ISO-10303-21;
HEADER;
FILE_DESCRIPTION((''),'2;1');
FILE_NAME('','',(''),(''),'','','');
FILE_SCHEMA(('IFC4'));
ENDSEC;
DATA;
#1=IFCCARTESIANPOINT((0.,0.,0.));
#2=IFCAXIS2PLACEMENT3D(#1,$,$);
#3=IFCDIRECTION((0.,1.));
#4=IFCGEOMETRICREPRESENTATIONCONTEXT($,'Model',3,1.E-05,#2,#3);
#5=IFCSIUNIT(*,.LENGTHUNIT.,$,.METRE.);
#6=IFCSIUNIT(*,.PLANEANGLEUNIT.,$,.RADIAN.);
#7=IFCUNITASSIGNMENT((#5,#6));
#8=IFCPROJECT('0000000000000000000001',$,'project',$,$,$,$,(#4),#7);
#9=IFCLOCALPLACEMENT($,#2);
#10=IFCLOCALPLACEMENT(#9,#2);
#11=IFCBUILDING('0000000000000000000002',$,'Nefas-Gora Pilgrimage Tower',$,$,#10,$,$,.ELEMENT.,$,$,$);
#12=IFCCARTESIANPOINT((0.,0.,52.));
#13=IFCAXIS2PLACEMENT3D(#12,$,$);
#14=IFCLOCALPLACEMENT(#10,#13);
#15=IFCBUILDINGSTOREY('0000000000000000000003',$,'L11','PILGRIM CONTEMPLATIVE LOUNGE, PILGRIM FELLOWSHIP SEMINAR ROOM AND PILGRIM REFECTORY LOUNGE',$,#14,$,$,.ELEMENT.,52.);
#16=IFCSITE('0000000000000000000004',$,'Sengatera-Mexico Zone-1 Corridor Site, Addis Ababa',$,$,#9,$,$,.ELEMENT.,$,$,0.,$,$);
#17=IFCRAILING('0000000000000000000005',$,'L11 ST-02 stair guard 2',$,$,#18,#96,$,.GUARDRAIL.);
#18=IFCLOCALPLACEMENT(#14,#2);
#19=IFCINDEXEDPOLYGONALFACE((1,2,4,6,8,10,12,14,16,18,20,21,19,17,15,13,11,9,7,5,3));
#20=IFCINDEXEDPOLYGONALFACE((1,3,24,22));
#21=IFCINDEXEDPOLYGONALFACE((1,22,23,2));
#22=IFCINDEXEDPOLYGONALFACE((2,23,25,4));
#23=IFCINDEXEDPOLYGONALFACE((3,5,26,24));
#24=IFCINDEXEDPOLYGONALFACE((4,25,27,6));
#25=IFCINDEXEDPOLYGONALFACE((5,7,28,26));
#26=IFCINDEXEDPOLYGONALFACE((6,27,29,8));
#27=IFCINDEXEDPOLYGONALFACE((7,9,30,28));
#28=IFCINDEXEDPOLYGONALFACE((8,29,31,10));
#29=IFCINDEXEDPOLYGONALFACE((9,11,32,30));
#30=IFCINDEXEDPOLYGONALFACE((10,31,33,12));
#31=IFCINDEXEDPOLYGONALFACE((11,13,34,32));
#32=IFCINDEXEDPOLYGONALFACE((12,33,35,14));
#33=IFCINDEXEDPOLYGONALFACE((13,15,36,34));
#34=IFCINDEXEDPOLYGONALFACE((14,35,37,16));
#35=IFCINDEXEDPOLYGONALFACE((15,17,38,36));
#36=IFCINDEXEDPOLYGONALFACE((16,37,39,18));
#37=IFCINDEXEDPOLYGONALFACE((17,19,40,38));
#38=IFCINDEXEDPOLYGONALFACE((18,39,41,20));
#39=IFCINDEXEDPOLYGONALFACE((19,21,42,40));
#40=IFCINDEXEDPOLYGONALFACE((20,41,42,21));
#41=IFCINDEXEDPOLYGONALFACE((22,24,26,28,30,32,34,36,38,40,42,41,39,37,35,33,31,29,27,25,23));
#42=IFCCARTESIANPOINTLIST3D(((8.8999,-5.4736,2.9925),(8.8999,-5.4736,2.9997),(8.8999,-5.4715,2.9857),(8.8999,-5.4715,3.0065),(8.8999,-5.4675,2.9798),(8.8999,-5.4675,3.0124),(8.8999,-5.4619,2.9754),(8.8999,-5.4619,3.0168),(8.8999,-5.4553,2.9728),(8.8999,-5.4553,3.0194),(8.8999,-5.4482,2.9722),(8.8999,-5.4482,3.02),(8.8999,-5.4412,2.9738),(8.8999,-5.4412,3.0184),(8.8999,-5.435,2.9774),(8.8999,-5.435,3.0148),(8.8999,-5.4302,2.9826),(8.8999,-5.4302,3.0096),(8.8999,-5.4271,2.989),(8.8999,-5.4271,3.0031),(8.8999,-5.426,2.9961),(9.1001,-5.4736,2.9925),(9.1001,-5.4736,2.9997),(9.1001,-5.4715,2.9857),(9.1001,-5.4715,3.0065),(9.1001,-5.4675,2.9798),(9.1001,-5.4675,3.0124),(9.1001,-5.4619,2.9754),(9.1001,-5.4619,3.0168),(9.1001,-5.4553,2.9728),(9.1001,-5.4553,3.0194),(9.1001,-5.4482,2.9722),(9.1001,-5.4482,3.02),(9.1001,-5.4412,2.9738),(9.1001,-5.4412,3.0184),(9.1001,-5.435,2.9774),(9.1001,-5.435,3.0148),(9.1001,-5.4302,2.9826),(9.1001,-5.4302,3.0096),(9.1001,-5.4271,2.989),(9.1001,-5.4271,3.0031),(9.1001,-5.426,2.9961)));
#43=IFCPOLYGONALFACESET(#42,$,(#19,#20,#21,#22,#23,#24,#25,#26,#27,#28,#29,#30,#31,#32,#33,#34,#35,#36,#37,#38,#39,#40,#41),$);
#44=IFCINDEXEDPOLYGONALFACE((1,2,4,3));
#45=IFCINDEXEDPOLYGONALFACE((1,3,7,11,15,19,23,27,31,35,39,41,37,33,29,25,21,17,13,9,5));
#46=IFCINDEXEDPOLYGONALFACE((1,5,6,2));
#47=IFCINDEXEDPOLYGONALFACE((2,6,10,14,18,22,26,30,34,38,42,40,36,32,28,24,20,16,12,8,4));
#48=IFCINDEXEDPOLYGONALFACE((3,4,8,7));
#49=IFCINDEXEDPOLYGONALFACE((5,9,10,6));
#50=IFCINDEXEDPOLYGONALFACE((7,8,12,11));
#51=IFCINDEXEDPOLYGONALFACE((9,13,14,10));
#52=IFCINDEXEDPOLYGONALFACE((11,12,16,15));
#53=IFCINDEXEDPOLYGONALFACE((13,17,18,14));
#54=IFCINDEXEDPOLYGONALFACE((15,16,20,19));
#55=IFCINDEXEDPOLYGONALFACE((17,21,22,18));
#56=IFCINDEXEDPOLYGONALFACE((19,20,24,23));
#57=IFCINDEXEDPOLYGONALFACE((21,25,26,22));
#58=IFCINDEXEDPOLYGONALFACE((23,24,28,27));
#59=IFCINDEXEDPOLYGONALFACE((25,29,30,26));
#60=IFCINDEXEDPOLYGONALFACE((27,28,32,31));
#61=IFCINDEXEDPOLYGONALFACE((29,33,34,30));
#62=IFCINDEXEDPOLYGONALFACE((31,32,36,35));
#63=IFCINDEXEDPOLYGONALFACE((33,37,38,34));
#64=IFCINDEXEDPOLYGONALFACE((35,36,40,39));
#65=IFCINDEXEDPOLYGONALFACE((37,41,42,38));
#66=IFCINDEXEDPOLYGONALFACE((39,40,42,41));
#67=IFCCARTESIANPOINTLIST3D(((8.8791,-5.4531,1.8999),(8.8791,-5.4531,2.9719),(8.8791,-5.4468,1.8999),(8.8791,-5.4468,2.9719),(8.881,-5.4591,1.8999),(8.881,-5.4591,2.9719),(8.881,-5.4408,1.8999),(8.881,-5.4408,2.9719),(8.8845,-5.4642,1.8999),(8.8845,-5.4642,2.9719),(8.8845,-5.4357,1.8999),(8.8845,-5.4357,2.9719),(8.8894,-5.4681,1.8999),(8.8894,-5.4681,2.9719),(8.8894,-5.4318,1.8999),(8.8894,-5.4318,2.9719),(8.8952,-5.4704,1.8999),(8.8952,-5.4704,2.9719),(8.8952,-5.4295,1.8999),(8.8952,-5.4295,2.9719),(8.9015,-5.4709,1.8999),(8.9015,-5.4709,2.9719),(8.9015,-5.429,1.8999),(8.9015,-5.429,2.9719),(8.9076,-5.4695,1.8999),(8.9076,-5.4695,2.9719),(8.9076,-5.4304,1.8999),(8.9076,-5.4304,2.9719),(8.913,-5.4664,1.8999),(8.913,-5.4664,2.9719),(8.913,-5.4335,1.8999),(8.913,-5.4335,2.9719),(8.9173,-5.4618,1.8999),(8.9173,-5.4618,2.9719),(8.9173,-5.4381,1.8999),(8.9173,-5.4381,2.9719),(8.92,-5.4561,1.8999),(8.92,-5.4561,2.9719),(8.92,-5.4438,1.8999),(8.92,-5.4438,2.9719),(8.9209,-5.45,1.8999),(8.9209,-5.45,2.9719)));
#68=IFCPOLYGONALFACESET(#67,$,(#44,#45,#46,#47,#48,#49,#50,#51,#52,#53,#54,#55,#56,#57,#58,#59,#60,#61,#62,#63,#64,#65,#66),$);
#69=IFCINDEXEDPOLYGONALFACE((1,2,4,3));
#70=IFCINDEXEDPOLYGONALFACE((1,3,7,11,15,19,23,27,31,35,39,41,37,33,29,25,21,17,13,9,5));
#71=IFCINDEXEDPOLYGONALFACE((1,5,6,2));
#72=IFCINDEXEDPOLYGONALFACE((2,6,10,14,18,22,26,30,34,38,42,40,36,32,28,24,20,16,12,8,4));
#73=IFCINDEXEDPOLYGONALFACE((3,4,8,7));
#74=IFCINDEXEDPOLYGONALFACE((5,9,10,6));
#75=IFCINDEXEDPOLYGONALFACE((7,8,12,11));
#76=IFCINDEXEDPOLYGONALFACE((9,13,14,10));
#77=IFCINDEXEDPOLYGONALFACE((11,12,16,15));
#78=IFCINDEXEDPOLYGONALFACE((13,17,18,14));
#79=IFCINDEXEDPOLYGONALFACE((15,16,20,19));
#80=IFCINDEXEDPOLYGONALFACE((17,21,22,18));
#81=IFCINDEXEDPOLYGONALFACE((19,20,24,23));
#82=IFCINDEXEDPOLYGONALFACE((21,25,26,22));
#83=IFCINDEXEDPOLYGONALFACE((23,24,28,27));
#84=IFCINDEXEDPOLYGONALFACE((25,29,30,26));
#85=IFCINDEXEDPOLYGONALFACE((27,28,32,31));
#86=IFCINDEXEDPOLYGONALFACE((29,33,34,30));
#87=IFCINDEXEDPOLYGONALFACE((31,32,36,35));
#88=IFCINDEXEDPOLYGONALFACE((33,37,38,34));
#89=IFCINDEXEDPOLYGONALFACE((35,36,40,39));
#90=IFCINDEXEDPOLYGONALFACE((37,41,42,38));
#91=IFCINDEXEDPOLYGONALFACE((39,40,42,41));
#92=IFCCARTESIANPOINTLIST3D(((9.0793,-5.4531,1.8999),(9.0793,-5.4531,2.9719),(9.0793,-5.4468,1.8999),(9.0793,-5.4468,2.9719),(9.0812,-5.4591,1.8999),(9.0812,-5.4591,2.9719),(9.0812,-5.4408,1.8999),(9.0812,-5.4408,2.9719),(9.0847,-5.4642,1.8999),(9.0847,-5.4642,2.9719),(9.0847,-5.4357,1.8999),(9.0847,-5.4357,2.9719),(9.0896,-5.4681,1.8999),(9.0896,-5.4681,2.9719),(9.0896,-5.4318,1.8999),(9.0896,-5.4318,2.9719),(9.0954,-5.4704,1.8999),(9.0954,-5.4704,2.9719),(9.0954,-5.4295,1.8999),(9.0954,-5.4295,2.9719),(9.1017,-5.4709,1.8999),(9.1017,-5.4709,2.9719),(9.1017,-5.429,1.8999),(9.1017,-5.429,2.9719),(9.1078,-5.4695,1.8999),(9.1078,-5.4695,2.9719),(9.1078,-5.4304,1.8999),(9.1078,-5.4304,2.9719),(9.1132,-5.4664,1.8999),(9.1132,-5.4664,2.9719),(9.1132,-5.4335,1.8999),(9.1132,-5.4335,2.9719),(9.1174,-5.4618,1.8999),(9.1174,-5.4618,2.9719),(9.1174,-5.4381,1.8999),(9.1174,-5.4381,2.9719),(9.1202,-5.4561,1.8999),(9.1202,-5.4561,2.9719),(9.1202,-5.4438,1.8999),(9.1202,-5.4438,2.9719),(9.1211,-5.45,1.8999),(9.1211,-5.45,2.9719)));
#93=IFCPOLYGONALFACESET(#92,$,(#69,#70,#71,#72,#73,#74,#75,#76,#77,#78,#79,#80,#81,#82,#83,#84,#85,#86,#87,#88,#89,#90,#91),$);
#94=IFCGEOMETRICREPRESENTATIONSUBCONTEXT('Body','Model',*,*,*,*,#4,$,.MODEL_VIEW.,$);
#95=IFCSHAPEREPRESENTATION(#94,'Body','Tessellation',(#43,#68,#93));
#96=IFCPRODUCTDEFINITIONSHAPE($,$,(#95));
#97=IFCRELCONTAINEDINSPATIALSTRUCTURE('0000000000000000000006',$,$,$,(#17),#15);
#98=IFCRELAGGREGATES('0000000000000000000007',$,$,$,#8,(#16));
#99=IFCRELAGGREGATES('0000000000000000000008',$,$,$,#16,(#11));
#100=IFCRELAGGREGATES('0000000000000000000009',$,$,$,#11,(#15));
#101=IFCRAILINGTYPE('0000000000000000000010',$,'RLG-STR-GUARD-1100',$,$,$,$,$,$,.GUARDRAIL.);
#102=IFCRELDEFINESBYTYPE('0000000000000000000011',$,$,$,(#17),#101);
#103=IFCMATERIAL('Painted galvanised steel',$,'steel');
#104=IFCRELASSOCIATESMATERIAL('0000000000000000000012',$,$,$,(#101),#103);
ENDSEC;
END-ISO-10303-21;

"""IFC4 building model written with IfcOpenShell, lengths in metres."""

from ifc_helpers import new_model, si_unit, direction, frame, origin, origin_2d, place, context, subcontext, project, spatial, circle, extrude, material, type_object, element, save


model = new_model("IFC4")

# Units and contexts
model_context = context("Model", 3, precision=1e-05, world=origin(), true_north=direction((0.0, 1.0)))
body_context = subcontext(model_context, "Body", "Model", "MODEL_VIEW")
ifc_project = project(units=[si_unit("LENGTHUNIT", "METRE"), si_unit("PLANEANGLEUNIT", "RADIAN")], contexts=[model_context])

# Site, building, storey
site_placement = place(None, origin())
site = spatial("IfcSite", under=ifc_project, at=site_placement, Name="Sengatera-Mexico Zone-1 Corridor Site, Addis Ababa", CompositionType="ELEMENT", RefElevation=0.0)
building_placement = place(site_placement, origin())
building = spatial("IfcBuilding", under=site, at=building_placement, Name="Nefas-Gora Pilgrimage Tower", CompositionType="ELEMENT")
storey_placement = place(building_placement, frame((0.0, 0.0, 52.0)))
storey = spatial("IfcBuildingStorey", under=building, at=storey_placement, Name="L11", Description="PILGRIM CONTEMPLATIVE LOUNGE, PILGRIM FELLOWSHIP SEMINAR ROOM AND PILGRIM REFECTORY LOUNGE", CompositionType="ELEMENT", Elevation=52.0)

# Railing
ifc_material_1 = material(Name="Painted galvanised steel", Category="steel")
railing_type_1 = type_object("IfcRailingType", Name="RLG-STR-GUARD-1100", PredefinedType="GUARDRAIL", material=ifc_material_1)
railing_1_placement = place(storey_placement, frame((8.8999, -5.45, 1.8999)))
element("IfcRailing", 1, at=railing_1_placement, inside=storey, type_object=railing_type_1, Name="L11 ST-02 stair guard 2", PredefinedType="GUARDRAIL", context=body_context, shape_type="SweptSolid", body=[
    extrude(circle(Radius=0.0239, at=origin_2d()), frame((0.0, 0.0, 1.0962), z_axis=(1.0, 0.0, 0.0), x_axis=(0.0, 1.0, 0.0)), (0.0, 0.0, 1.0), 0.2002),
    extrude(circle(Radius=0.021, at=origin_2d()), origin(), (0.0, 0.0, 1.0), 1.072),
    extrude(circle(Radius=0.021, at=origin_2d()), frame((0.2002, 0.0, 0.0)), (0.0, 0.0, 1.0), 1.072),
])

save(model, "model.ifc")
